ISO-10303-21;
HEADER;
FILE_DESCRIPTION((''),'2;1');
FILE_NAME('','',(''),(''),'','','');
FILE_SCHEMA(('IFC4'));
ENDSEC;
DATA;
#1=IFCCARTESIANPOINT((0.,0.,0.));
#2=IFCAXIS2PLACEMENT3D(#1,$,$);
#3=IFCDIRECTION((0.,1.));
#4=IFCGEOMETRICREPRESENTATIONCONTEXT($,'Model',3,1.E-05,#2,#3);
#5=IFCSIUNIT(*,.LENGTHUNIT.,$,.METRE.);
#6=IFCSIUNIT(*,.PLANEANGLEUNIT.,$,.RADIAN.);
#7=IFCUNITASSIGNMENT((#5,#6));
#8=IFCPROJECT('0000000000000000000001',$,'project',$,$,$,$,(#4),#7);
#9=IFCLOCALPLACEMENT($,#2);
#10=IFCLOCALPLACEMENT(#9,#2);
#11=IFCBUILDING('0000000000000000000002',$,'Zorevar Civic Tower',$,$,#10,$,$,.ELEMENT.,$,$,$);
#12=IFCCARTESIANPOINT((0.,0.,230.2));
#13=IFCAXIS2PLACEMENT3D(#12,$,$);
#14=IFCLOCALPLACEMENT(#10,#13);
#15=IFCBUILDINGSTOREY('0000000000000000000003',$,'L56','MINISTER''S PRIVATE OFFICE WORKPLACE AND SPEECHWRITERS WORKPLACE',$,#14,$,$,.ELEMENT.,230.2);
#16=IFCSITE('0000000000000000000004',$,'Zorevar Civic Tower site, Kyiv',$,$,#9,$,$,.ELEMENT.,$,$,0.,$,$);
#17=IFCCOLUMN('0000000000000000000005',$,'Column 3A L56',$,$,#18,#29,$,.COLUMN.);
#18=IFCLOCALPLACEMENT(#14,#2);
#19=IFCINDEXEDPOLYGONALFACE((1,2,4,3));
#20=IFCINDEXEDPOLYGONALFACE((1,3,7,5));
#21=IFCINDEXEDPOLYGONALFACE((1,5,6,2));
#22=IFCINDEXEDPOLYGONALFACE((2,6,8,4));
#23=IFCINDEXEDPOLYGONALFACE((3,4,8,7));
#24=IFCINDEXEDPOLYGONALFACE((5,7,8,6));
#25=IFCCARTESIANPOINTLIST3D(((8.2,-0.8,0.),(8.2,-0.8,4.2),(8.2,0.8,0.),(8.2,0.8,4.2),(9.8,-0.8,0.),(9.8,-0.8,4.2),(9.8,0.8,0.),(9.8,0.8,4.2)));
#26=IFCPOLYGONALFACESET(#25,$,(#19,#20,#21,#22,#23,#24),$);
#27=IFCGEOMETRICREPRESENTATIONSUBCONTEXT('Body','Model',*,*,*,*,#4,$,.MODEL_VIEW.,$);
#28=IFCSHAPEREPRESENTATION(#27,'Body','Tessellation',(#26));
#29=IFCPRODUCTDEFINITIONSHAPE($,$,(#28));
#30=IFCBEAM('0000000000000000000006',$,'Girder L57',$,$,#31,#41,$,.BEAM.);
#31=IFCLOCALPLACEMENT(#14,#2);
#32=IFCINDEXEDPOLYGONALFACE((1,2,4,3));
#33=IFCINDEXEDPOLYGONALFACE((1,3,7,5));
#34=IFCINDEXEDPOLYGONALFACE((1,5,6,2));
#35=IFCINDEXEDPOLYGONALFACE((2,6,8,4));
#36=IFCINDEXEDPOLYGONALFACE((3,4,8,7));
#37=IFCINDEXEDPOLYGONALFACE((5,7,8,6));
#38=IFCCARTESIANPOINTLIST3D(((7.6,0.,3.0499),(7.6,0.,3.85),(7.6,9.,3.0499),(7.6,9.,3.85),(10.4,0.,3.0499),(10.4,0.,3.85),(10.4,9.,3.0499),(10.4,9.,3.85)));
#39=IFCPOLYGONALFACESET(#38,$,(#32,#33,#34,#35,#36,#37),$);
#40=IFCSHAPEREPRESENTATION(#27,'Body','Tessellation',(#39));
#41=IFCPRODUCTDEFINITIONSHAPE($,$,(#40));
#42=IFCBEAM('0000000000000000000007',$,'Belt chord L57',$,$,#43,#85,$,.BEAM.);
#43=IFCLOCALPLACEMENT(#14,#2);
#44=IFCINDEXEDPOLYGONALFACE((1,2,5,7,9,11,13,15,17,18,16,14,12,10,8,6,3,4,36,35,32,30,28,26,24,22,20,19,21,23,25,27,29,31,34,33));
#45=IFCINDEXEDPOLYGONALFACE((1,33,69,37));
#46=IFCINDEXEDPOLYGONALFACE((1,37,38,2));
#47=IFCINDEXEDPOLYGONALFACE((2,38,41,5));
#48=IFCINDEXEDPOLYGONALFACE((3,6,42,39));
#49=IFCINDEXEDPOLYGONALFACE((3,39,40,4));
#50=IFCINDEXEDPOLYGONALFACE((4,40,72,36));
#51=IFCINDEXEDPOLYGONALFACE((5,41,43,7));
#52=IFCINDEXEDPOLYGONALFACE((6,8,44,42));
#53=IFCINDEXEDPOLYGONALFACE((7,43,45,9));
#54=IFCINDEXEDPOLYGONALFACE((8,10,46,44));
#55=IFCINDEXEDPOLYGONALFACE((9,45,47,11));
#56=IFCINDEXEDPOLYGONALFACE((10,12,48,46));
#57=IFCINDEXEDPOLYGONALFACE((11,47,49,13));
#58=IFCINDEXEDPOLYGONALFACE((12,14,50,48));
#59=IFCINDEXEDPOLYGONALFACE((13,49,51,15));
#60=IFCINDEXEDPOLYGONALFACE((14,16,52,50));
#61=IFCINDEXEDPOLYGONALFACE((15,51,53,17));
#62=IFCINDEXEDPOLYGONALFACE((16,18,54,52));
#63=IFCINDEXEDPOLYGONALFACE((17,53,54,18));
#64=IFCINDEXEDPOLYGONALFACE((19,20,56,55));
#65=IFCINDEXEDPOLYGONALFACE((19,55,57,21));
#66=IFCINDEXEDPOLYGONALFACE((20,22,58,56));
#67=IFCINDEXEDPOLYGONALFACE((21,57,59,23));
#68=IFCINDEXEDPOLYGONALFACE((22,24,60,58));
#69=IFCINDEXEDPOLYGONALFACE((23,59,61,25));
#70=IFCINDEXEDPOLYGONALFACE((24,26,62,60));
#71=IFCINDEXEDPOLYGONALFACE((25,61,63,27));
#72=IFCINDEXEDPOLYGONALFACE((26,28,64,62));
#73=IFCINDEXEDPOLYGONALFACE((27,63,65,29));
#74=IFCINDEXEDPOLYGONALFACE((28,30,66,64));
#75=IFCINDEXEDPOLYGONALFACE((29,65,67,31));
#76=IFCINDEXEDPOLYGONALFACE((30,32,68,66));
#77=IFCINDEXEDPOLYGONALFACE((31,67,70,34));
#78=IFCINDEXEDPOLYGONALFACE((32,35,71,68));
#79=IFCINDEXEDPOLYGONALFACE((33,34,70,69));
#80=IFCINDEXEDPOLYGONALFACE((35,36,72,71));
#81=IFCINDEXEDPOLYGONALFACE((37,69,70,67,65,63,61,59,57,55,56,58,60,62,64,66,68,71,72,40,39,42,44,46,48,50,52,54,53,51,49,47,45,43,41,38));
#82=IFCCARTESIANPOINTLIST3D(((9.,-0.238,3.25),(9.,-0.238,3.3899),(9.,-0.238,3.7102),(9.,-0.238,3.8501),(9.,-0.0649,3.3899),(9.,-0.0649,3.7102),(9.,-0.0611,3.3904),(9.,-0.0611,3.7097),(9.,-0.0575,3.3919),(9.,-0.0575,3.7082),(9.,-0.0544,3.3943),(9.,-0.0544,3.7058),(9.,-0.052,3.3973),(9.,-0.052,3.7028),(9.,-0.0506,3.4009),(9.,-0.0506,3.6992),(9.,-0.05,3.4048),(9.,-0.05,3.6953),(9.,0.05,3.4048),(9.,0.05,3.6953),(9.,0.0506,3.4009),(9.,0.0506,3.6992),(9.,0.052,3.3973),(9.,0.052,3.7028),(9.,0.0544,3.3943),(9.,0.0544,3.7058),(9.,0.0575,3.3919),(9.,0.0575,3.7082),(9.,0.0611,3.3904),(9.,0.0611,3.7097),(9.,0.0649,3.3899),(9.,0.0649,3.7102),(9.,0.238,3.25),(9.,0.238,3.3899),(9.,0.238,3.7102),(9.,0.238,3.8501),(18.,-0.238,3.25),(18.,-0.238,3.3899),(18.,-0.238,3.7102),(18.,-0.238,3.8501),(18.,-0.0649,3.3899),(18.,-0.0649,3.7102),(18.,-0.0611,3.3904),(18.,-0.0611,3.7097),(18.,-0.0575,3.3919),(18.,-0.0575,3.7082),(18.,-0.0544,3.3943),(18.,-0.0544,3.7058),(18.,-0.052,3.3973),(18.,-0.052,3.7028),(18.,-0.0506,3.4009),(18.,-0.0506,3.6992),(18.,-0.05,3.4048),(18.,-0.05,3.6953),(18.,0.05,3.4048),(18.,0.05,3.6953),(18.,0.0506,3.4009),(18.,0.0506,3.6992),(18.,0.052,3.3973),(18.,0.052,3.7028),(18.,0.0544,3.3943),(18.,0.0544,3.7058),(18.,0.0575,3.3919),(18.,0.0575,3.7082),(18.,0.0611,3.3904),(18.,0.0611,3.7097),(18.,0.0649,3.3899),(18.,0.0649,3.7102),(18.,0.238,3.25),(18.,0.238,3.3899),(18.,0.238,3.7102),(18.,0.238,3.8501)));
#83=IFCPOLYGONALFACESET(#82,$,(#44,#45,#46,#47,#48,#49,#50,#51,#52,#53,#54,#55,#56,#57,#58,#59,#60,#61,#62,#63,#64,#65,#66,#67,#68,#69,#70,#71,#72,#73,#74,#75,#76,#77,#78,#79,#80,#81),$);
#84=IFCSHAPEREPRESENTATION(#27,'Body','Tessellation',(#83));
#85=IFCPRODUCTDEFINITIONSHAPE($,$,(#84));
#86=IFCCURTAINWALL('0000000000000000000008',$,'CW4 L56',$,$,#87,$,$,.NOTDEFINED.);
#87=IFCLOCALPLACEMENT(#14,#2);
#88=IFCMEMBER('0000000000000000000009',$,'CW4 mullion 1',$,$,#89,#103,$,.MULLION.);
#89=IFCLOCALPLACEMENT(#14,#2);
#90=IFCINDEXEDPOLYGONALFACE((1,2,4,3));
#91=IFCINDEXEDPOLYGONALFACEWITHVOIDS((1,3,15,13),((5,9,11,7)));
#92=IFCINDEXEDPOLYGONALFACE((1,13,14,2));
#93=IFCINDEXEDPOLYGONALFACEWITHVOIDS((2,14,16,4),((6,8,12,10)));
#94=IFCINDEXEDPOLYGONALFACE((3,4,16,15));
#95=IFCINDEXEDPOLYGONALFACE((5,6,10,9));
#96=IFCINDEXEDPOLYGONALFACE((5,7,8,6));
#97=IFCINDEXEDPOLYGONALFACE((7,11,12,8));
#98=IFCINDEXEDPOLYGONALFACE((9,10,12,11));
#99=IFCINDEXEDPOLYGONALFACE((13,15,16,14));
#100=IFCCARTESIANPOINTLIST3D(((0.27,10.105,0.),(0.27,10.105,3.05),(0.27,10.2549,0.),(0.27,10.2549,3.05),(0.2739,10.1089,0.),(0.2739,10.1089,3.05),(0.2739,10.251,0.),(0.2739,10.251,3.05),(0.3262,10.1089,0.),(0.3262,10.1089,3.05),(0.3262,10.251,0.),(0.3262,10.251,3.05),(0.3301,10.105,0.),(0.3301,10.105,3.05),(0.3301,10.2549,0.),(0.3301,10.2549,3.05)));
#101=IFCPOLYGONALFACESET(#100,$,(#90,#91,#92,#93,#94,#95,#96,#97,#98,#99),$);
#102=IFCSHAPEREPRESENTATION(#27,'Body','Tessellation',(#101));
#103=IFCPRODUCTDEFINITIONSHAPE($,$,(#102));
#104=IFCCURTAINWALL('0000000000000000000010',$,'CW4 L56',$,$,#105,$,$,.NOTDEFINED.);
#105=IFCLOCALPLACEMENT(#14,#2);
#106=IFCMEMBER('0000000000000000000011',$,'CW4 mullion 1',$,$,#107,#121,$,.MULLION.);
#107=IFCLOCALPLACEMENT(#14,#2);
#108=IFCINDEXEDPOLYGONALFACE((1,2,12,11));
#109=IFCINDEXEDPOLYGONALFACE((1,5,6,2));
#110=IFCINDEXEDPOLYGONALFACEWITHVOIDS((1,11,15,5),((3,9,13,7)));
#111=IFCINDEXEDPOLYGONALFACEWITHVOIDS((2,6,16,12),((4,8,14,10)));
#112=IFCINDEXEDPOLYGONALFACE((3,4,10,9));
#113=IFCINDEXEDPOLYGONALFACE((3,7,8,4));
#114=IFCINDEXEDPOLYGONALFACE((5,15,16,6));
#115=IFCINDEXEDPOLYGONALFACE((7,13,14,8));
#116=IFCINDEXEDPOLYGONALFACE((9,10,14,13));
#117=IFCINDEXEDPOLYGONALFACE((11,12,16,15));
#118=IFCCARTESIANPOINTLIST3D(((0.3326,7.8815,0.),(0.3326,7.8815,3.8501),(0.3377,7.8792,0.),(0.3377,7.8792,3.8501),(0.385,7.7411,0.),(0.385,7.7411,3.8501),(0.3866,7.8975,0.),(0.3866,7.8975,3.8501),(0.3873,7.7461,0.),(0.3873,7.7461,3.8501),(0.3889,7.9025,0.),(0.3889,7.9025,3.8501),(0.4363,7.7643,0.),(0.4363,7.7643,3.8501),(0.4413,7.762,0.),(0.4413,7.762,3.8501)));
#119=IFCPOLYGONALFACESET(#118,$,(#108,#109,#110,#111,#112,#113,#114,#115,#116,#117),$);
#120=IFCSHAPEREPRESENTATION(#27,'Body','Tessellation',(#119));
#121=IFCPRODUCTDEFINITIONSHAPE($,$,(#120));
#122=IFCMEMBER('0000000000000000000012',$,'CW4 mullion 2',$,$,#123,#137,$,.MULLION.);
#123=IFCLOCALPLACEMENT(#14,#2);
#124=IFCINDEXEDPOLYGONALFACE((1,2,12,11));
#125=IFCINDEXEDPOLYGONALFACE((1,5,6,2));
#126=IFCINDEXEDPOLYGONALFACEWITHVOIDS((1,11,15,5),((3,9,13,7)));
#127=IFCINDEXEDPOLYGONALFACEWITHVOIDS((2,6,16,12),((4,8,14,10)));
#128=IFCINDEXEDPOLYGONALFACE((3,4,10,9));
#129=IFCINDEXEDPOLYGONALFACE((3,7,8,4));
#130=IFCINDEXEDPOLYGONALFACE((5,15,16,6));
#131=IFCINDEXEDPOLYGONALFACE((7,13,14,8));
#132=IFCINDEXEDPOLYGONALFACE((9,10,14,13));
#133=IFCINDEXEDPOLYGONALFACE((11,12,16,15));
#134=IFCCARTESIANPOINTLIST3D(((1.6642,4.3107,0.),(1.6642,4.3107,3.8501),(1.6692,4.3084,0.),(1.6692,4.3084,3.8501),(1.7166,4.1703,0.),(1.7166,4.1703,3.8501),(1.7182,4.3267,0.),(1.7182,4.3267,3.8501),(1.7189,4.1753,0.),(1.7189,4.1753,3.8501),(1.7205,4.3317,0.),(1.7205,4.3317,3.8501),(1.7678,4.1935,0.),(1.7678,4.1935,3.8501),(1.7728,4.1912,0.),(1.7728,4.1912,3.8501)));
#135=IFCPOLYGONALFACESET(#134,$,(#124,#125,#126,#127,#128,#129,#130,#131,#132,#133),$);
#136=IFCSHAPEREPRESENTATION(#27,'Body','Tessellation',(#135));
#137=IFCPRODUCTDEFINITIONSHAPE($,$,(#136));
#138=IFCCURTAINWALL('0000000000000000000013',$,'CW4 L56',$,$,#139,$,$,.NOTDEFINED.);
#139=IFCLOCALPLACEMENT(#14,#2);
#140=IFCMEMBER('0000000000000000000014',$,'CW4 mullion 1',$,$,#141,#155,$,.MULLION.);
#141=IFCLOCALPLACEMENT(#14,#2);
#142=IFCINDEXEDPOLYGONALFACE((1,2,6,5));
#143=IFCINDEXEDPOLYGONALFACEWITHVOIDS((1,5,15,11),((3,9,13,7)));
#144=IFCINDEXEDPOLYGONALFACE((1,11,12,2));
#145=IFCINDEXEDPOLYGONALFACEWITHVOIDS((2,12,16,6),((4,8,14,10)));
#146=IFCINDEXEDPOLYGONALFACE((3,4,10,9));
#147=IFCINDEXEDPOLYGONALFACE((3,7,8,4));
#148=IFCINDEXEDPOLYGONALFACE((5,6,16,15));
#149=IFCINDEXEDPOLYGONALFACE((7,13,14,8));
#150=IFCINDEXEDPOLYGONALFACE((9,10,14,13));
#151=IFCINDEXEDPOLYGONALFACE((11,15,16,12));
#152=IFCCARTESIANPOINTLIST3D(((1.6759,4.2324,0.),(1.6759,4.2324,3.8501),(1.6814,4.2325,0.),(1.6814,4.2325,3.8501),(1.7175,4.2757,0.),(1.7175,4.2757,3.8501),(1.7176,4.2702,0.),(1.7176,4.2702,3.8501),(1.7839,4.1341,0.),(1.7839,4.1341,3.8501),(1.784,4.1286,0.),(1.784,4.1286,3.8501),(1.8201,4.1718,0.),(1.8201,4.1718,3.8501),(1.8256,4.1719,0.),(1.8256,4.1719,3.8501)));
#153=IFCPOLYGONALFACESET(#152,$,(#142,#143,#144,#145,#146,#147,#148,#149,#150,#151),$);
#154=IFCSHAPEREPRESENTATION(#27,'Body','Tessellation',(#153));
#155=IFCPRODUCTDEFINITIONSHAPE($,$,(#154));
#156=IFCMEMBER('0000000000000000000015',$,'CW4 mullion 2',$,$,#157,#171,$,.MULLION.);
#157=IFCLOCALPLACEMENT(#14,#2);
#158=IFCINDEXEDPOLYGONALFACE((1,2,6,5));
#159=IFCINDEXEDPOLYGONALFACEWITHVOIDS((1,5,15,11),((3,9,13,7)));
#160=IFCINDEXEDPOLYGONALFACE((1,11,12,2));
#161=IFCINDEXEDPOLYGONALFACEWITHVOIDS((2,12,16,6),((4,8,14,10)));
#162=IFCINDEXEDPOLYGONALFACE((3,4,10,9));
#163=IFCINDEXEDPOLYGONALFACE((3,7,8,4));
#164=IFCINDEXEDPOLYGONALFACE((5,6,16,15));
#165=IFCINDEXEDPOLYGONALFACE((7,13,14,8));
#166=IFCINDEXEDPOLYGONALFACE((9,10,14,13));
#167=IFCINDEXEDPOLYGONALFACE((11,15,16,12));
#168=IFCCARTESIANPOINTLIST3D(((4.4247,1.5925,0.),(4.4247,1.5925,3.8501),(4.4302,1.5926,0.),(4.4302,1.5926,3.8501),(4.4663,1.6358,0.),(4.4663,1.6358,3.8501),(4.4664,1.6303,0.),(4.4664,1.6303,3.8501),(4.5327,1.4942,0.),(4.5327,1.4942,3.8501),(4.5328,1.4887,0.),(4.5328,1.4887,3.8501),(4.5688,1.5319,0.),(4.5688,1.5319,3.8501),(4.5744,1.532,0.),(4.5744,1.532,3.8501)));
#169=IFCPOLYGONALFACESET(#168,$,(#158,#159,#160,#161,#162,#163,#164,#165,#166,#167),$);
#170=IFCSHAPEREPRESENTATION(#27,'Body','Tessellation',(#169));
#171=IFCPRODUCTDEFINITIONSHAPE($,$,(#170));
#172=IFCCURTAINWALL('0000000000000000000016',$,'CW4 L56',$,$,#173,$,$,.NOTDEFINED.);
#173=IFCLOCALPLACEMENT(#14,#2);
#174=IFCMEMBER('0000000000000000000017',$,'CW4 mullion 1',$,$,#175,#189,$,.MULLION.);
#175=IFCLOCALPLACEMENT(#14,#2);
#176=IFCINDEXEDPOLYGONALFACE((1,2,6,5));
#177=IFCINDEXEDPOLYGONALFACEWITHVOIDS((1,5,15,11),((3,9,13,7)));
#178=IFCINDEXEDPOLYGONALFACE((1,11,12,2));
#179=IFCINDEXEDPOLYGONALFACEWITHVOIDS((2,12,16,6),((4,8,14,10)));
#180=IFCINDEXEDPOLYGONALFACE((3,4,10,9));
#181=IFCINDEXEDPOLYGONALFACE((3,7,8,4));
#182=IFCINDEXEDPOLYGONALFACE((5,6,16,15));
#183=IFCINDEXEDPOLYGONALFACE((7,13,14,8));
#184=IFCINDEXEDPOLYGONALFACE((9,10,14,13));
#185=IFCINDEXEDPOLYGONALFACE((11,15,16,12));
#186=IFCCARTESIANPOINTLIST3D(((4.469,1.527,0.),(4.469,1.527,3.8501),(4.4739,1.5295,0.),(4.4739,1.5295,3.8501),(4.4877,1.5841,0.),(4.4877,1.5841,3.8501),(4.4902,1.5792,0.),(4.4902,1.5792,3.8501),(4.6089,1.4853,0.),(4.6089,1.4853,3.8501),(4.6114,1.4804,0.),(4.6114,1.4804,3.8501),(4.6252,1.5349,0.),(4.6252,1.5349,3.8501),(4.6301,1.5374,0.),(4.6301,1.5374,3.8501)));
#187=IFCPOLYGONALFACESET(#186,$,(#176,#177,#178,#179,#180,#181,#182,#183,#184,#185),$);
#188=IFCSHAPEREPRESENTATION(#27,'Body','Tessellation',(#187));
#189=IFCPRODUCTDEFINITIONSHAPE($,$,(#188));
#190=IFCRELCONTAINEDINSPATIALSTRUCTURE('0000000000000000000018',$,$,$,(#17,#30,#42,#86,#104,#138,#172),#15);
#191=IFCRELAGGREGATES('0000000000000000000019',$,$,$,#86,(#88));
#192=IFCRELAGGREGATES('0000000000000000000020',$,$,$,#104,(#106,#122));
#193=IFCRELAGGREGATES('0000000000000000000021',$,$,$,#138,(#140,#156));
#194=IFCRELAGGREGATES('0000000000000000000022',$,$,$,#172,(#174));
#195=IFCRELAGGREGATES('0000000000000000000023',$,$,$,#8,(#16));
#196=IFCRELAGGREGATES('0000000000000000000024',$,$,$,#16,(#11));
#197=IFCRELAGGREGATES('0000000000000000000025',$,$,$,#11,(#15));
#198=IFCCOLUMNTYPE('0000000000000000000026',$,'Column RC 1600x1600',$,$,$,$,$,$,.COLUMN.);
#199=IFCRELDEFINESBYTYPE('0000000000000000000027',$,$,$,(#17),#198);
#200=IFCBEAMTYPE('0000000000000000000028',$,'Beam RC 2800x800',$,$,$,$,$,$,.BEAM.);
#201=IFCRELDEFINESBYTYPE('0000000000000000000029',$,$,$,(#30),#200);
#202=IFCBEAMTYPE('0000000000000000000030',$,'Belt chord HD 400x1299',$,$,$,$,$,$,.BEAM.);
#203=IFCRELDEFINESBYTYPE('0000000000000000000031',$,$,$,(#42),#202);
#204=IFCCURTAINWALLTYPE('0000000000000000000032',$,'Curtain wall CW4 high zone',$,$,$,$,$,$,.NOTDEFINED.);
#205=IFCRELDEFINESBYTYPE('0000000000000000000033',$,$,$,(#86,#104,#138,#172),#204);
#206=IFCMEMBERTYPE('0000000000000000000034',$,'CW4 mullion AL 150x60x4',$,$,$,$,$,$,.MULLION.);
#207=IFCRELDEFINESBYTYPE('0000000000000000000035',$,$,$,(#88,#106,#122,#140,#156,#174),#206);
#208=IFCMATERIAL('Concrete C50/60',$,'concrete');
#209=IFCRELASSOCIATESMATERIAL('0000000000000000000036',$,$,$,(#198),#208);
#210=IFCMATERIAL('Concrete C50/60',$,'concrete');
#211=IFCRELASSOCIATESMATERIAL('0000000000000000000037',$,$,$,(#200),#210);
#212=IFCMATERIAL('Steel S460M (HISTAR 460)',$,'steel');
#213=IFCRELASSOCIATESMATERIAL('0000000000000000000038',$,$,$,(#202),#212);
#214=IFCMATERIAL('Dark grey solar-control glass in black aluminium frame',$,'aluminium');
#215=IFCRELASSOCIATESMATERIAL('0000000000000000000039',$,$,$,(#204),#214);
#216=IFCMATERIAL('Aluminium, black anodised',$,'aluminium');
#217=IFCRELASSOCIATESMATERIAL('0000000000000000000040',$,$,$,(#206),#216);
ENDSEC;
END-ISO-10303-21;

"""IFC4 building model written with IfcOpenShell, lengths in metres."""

from ifc_helpers import new_model, si_unit, direction, frame, origin, origin_2d, place, context, subcontext, project, spatial, rectangle, hollow_rectangle, i_section, extrude, material, material_profile, profile_set, type_object, element, aggregate, save


model = new_model("IFC4")

# Units and contexts
model_context = context("Model", 3, precision=1e-05, world=origin(), true_north=direction((0.0, 1.0)))
body_context = subcontext(model_context, "Body", "Model", "MODEL_VIEW")
ifc_project = project(units=[si_unit("LENGTHUNIT", "METRE"), si_unit("PLANEANGLEUNIT", "RADIAN")], contexts=[model_context])

# Site, building, storey
site_placement = place(None, origin())
site = spatial("IfcSite", under=ifc_project, at=site_placement, Name="Zorevar Civic Tower site, Kyiv", CompositionType="ELEMENT", RefElevation=0.0)
building_placement = place(site_placement, origin())
building = spatial("IfcBuilding", under=site, at=building_placement, Name="Zorevar Civic Tower", CompositionType="ELEMENT")
storey_placement = place(building_placement, frame((0.0, 0.0, 230.2)))
storey = spatial("IfcBuildingStorey", under=building, at=storey_placement, Name="L56", Description="MINISTER'S PRIVATE OFFICE WORKPLACE AND SPEECHWRITERS WORKPLACE", CompositionType="ELEMENT", Elevation=230.2)

# Column
ifc_material_1 = material(Name="Concrete C50/60", Category="concrete")
ifc_material_profile_1 = material_profile(ifc_material_1, rectangle(XDim=1.6001, YDim=1.6001, at=origin_2d()), Name="RC 1600x1600")
ifc_profile_set_1 = profile_set([ifc_material_profile_1], Name="Concrete C50/60")
column_type = type_object("IfcColumnType", Name="Column RC 1600x1600", PredefinedType="COLUMN", material=ifc_profile_set_1)
column_placement = place(storey_placement, frame((9.0, 0.0, 0.0), z_axis=(0.0, 0.0, 1.0), x_axis=(1.0, 0.0, 0.0)))
element("IfcColumn", 1, at=column_placement, inside=storey, type_object=column_type, Name="Column 3A L56", PredefinedType="COLUMN", context=body_context, shape_type="SweptSolid", body=[
    extrude(rectangle(XDim=1.6001, YDim=1.6001, at=origin_2d()), origin(), (0.0, 0.0, 1.0), 4.2),
])

# Beams
ifc_material_2 = material(Name="Concrete C50/60", Category="concrete")
ifc_material_profile_2 = material_profile(ifc_material_2, rectangle(XDim=2.8, YDim=0.8, at=origin_2d()), Name="RC 2800x800")
ifc_profile_set_2 = profile_set([ifc_material_profile_2], Name="Concrete C50/60")
beam_type_1 = type_object("IfcBeamType", Name="Beam RC 2800x800", PredefinedType="BEAM", material=ifc_profile_set_2)
beam_1_placement = place(storey_placement, frame((9.0, 0.0, 3.45), z_axis=(0.0, 1.0, 0.0), x_axis=(-1.0, 0.0, 0.0)))
element("IfcBeam", 2, at=beam_1_placement, inside=storey, type_object=beam_type_1, Name="Girder L57", PredefinedType="BEAM", context=body_context, shape_type="SweptSolid", body=[
    extrude(rectangle(XDim=2.8, YDim=0.8, at=origin_2d()), origin(), (0.0, 0.0, 1.0), 9.0),
])
ifc_material_3 = material(Name="Steel S460M (HISTAR 460)", Category="steel")
ifc_material_profile_3 = material_profile(ifc_material_3, i_section(OverallWidth=0.4761, OverallDepth=0.6001, WebThickness=0.1001, FlangeThickness=0.1399, FilletRadius=0.0149, at=origin_2d()), Name="HD 400x1299")
ifc_profile_set_3 = profile_set([ifc_material_profile_3], Name="Steel S460M (HISTAR 460)")
beam_type_2 = type_object("IfcBeamType", Name="Belt chord HD 400x1299", PredefinedType="BEAM", material=ifc_profile_set_3)
beam_2_placement = place(storey_placement, frame((9.0, 0.0, 3.55), z_axis=(1.0, 0.0, 0.0), x_axis=(0.0, 1.0, 0.0)))
element("IfcBeam", 3, at=beam_2_placement, inside=storey, type_object=beam_type_2, Name="Belt chord L57", PredefinedType="BEAM", context=body_context, shape_type="SweptSolid", body=[
    extrude(i_section(OverallWidth=0.4761, OverallDepth=0.6001, WebThickness=0.1001, FlangeThickness=0.1399, FilletRadius=0.0149, at=origin_2d()), origin(), (0.0, 0.0, 1.0), 9.0),
])

# Curtain wall, member
ifc_material_4 = material(Name="Dark grey solar-control glass in black aluminium frame", Category="aluminium")
curtain_wall_type = type_object("IfcCurtainWallType", Name="Curtain wall CW4 high zone", PredefinedType="NOTDEFINED", material=ifc_material_4)
curtain_wall_1_placement = place(storey_placement, origin())
curtain_wall_1 = element("IfcCurtainWall", 4, at=curtain_wall_1_placement, inside=storey, type_object=curtain_wall_type, Name="CW4 L56", PredefinedType="NOTDEFINED")
ifc_material_5 = material(Name="Aluminium, black anodised", Category="aluminium")
ifc_material_profile_4 = material_profile(ifc_material_5, hollow_rectangle(XDim=0.0601, YDim=0.1499, WallThickness=0.0039, at=origin_2d()), Name="AL 150x60x4")
ifc_profile_set_4 = profile_set([ifc_material_profile_4], Name="Aluminium, black anodised")
member_type_1 = type_object("IfcMemberType", Name="CW4 mullion AL 150x60x4", PredefinedType="MULLION", material=ifc_profile_set_4)
member_1_placement = place(storey_placement, frame((0.3, 10.1799, 0.0), z_axis=(0.0, 0.0, 1.0), x_axis=(-1.0, 0.0, 0.0)))
member_1 = element("IfcMember", 5, at=member_1_placement, type_object=member_type_1, Name="CW4 mullion 1", PredefinedType="MULLION", context=body_context, shape_type="SweptSolid", body=[
    extrude(hollow_rectangle(XDim=0.0601, YDim=0.1499, WallThickness=0.0039, at=origin_2d()), origin(), (0.0, 0.0, 1.0), 3.05),
])

# Curtain walls, members
curtain_wall_2_placement = place(storey_placement, origin())
curtain_wall_2 = element("IfcCurtainWall", 6, at=curtain_wall_2_placement, inside=storey, type_object=curtain_wall_type, Name="CW4 L56", PredefinedType="NOTDEFINED")
member_2_placement = place(storey_placement, frame((0.387, 7.8218, 0.0), z_axis=(0.0, 0.0, 1.0), x_axis=(0.936972, 0.349405, 0.0)))
member_2 = element("IfcMember", 7, at=member_2_placement, type_object=member_type_1, Name="CW4 mullion 1", PredefinedType="MULLION", context=body_context, shape_type="SweptSolid", body=[
    extrude(hollow_rectangle(XDim=0.0601, YDim=0.1499, WallThickness=0.0039, at=origin_2d()), origin(), (0.0, 0.0, 1.0), 3.8501),
])
member_3_placement = place(storey_placement, frame((1.7185, 4.251, 0.0), z_axis=(0.0, 0.0, 1.0), x_axis=(0.936972, 0.349405, 0.0)))
member_3 = element("IfcMember", 8, at=member_3_placement, type_object=member_type_1, Name="CW4 mullion 2", PredefinedType="MULLION", context=body_context, shape_type="SweptSolid", body=[
    extrude(hollow_rectangle(XDim=0.0601, YDim=0.1499, WallThickness=0.0039, at=origin_2d()), origin(), (0.0, 0.0, 1.0), 3.8501),
])
curtain_wall_3_placement = place(storey_placement, origin())
curtain_wall_3 = element("IfcCurtainWall", 9, at=curtain_wall_3_placement, inside=storey, type_object=curtain_wall_type, Name="CW4 L56", PredefinedType="NOTDEFINED")
member_4_placement = place(storey_placement, frame((1.7507, 4.2021, 0.0), z_axis=(0.0, 0.0, 1.0), x_axis=(0.692661, 0.721263, 0.0)))
member_4 = element("IfcMember", 10, at=member_4_placement, type_object=member_type_1, Name="CW4 mullion 1", PredefinedType="MULLION", context=body_context, shape_type="SweptSolid", body=[
    extrude(hollow_rectangle(XDim=0.0601, YDim=0.1499, WallThickness=0.0039, at=origin_2d()), origin(), (0.0, 0.0, 1.0), 3.8501),
])
member_5_placement = place(storey_placement, frame((4.4995, 1.5623, 0.0), z_axis=(0.0, 0.0, 1.0), x_axis=(0.692661, 0.721263, 0.0)))
member_5 = element("IfcMember", 11, at=member_5_placement, type_object=member_type_1, Name="CW4 mullion 2", PredefinedType="MULLION", context=body_context, shape_type="SweptSolid", body=[
    extrude(hollow_rectangle(XDim=0.0601, YDim=0.1499, WallThickness=0.0039, at=origin_2d()), origin(), (0.0, 0.0, 1.0), 3.8501),
])
curtain_wall_4_placement = place(storey_placement, origin())
curtain_wall_4 = element("IfcCurtainWall", 12, at=curtain_wall_4_placement, inside=storey, type_object=curtain_wall_type, Name="CW4 L56", PredefinedType="NOTDEFINED")
member_6_placement = place(storey_placement, frame((4.5496, 1.5322, 0.0), z_axis=(0.0, 0.0, 1.0), x_axis=(0.311169, 0.950354, 0.0)))
member_6 = element("IfcMember", 13, at=member_6_placement, type_object=member_type_1, Name="CW4 mullion 1", PredefinedType="MULLION", context=body_context, shape_type="SweptSolid", body=[
    extrude(hollow_rectangle(XDim=0.0601, YDim=0.1499, WallThickness=0.0039, at=origin_2d()), origin(), (0.0, 0.0, 1.0), 3.8501),
])

aggregate(curtain_wall_1, [member_1])
aggregate(curtain_wall_2, [member_2, member_3])
aggregate(curtain_wall_3, [member_4, member_5])
aggregate(curtain_wall_4, [member_6])

save(model, "model.ifc")
